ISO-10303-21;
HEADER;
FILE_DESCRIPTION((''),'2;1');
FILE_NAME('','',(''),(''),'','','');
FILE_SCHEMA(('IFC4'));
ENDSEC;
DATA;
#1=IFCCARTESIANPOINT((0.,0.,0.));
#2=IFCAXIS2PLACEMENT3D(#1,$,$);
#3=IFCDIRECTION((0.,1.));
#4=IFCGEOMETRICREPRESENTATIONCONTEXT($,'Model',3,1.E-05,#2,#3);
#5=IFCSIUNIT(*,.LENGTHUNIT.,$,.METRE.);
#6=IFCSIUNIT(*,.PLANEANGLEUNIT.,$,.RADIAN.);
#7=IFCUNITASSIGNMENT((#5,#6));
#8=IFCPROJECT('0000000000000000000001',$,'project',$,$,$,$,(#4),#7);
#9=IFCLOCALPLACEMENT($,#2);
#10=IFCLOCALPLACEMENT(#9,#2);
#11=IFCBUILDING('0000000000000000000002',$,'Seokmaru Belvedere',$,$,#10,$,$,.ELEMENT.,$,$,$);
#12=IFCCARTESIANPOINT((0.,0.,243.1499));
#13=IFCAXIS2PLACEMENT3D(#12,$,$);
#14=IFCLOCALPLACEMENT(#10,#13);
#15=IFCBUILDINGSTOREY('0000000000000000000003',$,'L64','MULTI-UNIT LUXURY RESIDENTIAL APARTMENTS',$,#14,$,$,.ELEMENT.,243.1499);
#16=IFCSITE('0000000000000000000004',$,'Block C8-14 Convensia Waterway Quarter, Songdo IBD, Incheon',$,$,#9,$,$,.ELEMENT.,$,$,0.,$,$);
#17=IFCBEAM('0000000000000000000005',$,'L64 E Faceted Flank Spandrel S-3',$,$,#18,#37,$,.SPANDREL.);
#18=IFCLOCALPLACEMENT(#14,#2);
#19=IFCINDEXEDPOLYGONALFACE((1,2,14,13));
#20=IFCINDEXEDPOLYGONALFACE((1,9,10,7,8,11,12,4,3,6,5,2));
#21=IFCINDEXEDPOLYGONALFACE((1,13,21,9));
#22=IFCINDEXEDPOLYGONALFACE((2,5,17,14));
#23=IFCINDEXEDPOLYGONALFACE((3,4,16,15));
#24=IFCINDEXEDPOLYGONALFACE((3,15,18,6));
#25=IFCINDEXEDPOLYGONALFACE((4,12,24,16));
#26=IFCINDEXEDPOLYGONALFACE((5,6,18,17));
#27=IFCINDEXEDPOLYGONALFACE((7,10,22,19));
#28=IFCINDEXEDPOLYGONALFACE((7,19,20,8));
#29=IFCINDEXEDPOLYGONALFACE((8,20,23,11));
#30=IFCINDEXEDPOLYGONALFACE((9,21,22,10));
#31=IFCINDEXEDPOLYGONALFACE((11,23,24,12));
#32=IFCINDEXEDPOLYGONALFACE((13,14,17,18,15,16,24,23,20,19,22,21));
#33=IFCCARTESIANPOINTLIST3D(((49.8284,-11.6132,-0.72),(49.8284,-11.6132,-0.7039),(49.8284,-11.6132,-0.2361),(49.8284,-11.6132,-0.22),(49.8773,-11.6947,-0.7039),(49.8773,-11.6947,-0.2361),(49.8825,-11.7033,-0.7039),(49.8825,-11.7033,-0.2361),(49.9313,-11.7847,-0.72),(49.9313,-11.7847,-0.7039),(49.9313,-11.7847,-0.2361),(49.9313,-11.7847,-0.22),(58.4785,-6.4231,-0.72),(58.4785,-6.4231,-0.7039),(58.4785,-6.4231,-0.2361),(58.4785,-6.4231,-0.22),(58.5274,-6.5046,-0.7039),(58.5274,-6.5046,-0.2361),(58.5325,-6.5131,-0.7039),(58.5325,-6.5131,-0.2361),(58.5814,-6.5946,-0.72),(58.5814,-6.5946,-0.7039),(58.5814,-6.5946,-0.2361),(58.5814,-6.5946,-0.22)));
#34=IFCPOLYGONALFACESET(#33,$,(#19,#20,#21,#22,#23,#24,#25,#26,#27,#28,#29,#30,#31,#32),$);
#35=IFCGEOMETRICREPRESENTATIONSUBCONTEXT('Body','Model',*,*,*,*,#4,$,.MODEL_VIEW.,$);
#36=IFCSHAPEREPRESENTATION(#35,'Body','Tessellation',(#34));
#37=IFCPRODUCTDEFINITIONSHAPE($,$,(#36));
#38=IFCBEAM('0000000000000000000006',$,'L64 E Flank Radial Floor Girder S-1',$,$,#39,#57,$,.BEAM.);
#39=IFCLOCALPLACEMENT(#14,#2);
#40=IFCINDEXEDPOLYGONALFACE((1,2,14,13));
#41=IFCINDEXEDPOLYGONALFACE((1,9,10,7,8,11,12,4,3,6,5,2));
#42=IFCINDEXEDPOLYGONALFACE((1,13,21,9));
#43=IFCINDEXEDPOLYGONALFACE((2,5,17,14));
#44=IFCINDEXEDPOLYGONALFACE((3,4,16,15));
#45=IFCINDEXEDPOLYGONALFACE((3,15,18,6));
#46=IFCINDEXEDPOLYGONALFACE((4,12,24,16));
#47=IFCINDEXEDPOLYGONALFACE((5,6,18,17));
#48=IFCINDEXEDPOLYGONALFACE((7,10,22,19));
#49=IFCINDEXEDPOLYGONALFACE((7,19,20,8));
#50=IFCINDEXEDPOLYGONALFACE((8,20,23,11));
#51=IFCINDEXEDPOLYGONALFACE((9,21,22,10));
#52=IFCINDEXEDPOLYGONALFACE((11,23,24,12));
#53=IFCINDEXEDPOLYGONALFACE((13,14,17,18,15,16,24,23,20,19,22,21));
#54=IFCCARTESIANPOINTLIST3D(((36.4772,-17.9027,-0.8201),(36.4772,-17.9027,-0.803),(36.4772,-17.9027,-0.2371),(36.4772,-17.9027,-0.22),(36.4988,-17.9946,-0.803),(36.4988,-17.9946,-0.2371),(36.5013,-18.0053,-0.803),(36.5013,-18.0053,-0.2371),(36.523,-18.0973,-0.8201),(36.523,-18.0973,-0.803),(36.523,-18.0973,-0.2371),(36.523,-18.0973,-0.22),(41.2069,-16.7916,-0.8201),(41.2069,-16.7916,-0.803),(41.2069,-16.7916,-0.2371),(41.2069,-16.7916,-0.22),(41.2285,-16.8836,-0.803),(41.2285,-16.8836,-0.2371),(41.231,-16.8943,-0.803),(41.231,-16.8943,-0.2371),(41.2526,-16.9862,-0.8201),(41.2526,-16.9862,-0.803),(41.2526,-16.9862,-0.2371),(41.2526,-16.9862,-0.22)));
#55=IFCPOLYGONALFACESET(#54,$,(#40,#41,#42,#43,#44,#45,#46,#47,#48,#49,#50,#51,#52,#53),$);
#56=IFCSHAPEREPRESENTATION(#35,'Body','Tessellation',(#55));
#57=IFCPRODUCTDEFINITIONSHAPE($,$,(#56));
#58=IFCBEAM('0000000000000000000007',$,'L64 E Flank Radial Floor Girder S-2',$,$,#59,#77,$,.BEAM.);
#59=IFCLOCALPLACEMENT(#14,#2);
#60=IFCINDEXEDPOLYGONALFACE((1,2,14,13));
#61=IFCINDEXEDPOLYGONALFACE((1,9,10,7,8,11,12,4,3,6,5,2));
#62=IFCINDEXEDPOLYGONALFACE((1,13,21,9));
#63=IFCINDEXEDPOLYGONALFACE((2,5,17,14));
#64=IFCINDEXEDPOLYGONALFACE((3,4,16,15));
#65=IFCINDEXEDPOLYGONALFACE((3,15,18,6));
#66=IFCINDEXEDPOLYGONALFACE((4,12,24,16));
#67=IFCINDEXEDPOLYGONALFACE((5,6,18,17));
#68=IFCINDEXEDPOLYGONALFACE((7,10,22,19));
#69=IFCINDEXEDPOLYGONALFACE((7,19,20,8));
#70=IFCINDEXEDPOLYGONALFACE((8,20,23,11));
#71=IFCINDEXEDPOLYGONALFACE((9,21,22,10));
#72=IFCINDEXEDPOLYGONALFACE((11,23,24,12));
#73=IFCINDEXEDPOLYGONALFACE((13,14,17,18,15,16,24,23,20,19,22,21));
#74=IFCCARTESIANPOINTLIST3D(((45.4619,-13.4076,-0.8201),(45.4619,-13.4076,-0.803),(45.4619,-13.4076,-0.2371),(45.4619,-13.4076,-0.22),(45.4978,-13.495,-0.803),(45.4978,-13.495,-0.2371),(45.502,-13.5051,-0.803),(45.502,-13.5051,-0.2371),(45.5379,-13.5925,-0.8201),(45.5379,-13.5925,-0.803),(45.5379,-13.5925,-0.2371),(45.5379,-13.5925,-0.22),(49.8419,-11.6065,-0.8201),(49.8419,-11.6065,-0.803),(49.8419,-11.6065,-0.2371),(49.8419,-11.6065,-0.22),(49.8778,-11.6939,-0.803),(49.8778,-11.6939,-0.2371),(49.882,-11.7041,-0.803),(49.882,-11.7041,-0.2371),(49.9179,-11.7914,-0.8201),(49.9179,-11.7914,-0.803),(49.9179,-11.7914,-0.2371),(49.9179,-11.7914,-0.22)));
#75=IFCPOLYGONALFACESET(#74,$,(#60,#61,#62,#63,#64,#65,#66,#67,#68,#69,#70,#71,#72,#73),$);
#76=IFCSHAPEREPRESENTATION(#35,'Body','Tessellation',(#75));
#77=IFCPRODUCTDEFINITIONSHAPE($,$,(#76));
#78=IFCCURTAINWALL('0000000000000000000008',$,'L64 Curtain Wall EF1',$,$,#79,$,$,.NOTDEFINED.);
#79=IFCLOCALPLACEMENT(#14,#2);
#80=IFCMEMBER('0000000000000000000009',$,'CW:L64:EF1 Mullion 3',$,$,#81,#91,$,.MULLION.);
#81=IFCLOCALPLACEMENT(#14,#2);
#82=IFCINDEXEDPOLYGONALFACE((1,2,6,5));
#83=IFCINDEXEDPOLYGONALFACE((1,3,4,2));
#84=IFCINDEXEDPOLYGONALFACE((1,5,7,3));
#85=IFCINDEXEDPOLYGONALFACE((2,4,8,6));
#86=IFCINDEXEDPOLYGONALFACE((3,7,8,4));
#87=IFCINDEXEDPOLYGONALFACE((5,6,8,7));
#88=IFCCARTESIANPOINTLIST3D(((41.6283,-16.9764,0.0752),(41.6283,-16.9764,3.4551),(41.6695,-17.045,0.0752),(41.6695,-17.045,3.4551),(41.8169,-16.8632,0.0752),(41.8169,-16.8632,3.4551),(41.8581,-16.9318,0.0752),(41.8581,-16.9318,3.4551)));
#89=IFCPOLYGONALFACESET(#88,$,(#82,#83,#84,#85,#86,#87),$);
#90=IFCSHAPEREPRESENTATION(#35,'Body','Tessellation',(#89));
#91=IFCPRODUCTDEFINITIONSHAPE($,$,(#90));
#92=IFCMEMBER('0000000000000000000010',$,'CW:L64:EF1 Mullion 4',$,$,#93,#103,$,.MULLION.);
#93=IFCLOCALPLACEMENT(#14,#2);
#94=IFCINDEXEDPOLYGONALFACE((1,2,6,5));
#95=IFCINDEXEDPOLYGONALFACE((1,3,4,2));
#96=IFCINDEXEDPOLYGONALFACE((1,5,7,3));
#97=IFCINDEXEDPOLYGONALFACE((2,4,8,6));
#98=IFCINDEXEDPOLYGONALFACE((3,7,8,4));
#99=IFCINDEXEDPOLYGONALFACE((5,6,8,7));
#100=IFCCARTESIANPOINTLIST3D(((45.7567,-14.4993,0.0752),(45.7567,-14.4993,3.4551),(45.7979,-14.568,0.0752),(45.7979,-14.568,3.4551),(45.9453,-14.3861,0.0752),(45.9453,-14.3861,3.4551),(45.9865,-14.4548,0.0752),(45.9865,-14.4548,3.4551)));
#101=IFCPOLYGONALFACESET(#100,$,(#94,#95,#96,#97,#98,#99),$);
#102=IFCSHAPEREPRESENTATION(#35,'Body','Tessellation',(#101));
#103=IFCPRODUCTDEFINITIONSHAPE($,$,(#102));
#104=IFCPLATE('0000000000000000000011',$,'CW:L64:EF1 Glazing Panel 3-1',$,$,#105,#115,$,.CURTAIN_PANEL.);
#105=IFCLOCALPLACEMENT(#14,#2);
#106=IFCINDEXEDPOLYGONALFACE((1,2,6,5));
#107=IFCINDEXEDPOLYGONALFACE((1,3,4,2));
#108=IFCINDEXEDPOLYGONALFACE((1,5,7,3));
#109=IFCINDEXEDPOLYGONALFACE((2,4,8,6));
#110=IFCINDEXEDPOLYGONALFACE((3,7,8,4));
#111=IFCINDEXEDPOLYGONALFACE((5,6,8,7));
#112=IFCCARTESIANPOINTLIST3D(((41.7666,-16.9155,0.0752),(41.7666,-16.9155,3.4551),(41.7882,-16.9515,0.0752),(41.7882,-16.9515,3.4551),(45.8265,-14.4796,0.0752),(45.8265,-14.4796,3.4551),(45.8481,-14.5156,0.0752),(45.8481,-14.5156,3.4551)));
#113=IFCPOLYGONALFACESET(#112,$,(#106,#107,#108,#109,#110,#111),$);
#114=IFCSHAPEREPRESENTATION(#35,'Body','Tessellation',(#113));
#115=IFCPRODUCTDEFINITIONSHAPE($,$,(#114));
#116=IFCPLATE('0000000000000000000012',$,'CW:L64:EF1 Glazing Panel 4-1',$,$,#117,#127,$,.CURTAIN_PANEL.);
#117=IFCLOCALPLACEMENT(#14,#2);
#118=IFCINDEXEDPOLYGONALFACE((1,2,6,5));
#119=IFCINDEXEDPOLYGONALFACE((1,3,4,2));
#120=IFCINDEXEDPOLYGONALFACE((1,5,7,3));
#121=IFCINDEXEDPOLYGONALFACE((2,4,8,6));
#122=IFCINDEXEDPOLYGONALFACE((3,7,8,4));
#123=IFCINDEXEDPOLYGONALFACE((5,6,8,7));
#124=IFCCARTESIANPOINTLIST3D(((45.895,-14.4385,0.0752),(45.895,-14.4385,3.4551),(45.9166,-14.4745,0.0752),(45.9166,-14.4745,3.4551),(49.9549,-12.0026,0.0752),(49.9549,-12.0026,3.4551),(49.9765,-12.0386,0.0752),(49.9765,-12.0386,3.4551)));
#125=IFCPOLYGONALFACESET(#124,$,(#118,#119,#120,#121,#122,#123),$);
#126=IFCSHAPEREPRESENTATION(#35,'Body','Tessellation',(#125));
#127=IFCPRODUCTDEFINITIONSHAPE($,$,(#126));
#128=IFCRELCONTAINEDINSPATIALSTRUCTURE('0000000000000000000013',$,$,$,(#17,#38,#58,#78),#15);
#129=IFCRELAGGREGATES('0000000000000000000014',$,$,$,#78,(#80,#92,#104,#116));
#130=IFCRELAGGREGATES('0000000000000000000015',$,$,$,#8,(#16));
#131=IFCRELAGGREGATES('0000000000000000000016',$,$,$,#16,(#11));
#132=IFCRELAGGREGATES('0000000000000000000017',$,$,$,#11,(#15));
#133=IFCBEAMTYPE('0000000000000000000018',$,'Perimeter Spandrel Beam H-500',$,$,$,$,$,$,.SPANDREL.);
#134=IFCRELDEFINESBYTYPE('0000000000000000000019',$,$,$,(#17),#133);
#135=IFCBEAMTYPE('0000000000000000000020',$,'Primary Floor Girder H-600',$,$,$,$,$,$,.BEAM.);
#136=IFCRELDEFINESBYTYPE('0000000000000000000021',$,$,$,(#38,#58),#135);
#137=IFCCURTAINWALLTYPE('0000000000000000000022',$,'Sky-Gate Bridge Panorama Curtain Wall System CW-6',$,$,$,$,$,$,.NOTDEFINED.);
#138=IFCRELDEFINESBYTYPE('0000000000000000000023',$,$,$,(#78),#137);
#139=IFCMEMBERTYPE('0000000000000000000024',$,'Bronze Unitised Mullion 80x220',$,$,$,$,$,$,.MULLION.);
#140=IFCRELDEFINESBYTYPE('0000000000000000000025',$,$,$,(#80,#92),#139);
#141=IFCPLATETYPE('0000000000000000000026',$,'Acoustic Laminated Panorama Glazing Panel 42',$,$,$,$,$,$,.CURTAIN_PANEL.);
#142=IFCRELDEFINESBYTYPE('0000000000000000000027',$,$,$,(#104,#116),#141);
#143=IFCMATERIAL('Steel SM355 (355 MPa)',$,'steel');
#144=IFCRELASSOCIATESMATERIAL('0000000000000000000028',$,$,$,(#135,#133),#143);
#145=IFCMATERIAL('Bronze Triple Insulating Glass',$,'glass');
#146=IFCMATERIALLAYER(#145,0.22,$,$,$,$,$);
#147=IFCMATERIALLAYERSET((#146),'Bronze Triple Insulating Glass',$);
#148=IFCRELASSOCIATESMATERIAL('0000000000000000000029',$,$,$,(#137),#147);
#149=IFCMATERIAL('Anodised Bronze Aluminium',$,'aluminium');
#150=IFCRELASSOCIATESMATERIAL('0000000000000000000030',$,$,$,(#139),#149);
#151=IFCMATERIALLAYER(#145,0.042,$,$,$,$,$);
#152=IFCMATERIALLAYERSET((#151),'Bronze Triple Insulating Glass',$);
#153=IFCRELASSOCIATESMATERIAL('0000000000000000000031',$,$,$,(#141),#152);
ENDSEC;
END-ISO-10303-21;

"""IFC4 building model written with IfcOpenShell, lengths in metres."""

from ifc_helpers import new_model, si_unit, direction, frame, origin, origin_2d, place, context, subcontext, project, spatial, rectangle, i_section, extrude, source, transform, mapped, material, layer, layer_set, material_profile, profile_set, type_object, type_shapes, element, aggregate, save


model = new_model("IFC4")

# Units and contexts
model_context = context("Model", 3, precision=1e-05, world=origin(), true_north=direction((0.0, 1.0)))
body_context = subcontext(model_context, "Body", "Model", "MODEL_VIEW")
ifc_project = project(units=[si_unit("LENGTHUNIT", "METRE"), si_unit("PLANEANGLEUNIT", "RADIAN")], contexts=[model_context])

# Site, building, storey
site_placement = place(None, origin())
site = spatial("IfcSite", under=ifc_project, at=site_placement, Name="Block C8-14 Convensia Waterway Quarter, Songdo IBD, Incheon", CompositionType="ELEMENT", RefElevation=0.0)
building_placement = place(site_placement, origin())
building = spatial("IfcBuilding", under=site, at=building_placement, Name="Seokmaru Belvedere", CompositionType="ELEMENT")
storey_placement = place(building_placement, frame((0.0, 0.0, 243.1499)))
storey = spatial("IfcBuildingStorey", under=building, at=storey_placement, Name="L64", Description="MULTI-UNIT LUXURY RESIDENTIAL APARTMENTS", CompositionType="ELEMENT", Elevation=243.1499)

# Shared definitions
ifc_material_1 = material(Name="Steel SM355 (355 MPa)", Category="steel")

# Beams
ifc_material_profile_1 = material_profile(ifc_material_1, i_section(OverallWidth=0.2, OverallDepth=0.6001, WebThickness=0.011, FlangeThickness=0.0171, at=origin_2d()), Name="H-600x200x11x17")
ifc_profile_set_1 = profile_set([ifc_material_profile_1], Name="Steel SM355 (355 MPa)")
beam_type_1 = type_object("IfcBeamType", Name="Primary Floor Girder H-600", PredefinedType="BEAM", material=ifc_profile_set_1)
ifc_material_profile_2 = material_profile(ifc_material_1, i_section(OverallWidth=0.2, OverallDepth=0.5, WebThickness=0.01, FlangeThickness=0.0161, at=origin_2d()), Name="H-500x200x10x16")
ifc_profile_set_2 = profile_set([ifc_material_profile_2], Name="Steel SM355 (355 MPa)")
beam_type_2 = type_object("IfcBeamType", Name="Perimeter Spandrel Beam H-500", PredefinedType="SPANDREL", material=ifc_profile_set_2)
shared_shape_1 = source(origin(), body_context, "Body", "SweptSolid", [
    extrude(i_section(OverallWidth=0.2, OverallDepth=0.5, WebThickness=0.01, FlangeThickness=0.0161, at=origin_2d()), origin(), (0.0, 0.0, 1.0), 10.0876),
])
type_shapes(beam_type_2, [shared_shape_1])
for number, where, z_axis, x_axis, name in (
    (1, (49.8799, -11.699, -0.47), (0.857489, 0.514503, 0.0), (-0.514503, 0.857489, 0.0), "L64 E Faceted Flank Spandrel S-3"),
):
    element("IfcBeam", number, at=place(storey_placement, frame(where, z_axis=z_axis, x_axis=x_axis)), inside=storey, type_object=beam_type_2, Name=name, PredefinedType="SPANDREL", context=body_context, shape_type="MappedRepresentation", body=[
        mapped(shared_shape_1, transform((0.0, 0.0, 0.0), scale=1.0)),
    ])
shared_shape_2 = source(origin(), body_context, "Body", "SweptSolid", [
    extrude(i_section(OverallWidth=0.2, OverallDepth=0.6001, WebThickness=0.011, FlangeThickness=0.0171, at=origin_2d()), origin(), (0.0, 0.0, 1.0), 4.8584),
])
beam_1_placement = place(storey_placement, frame((41.2297, -16.8889, -0.52), z_axis=(-0.973499, -0.228689, 0.0), x_axis=(0.228689, -0.973499, 0.0)))
element("IfcBeam", 2, at=beam_1_placement, inside=storey, type_object=beam_type_1, Name="L64 E Flank Radial Floor Girder S-1", PredefinedType="BEAM", context=body_context, shape_type="MappedRepresentation", body=[
    mapped(shared_shape_2, transform((0.0, 0.0, 0.0), scale=1.0)),
])
shared_shape_3 = source(origin(), body_context, "Body", "SweptSolid", [
    extrude(i_section(OverallWidth=0.2, OverallDepth=0.6001, WebThickness=0.011, FlangeThickness=0.0171, at=origin_2d()), origin(), (0.0, 0.0, 1.0), 4.7358),
])
beam_2_placement = place(storey_placement, frame((49.8799, -11.699, -0.52), z_axis=(-0.924861, -0.380306, 0.0), x_axis=(0.380306, -0.924861, 0.0)))
element("IfcBeam", 3, at=beam_2_placement, inside=storey, type_object=beam_type_1, Name="L64 E Flank Radial Floor Girder S-2", PredefinedType="BEAM", context=body_context, shape_type="MappedRepresentation", body=[
    mapped(shared_shape_3, transform((0.0, 0.0, 0.0), scale=1.0)),
])

# Curtain wall, members, plates
ifc_material_2 = material(Name="Bronze Triple Insulating Glass", Category="glass")
ifc_layer_1 = layer(ifc_material_2, 0.22)
ifc_layer_set_1 = layer_set([ifc_layer_1], Name="Bronze Triple Insulating Glass")
curtain_wall_type = type_object("IfcCurtainWallType", Name="Sky-Gate Bridge Panorama Curtain Wall System CW-6", PredefinedType="NOTDEFINED", material=ifc_layer_set_1)
curtain_wall_placement = place(storey_placement, origin())
curtain_wall = element("IfcCurtainWall", 4, at=curtain_wall_placement, inside=storey, type_object=curtain_wall_type, Name="L64 Curtain Wall EF1", PredefinedType="NOTDEFINED")
ifc_material_3 = material(Name="Anodised Bronze Aluminium", Category="aluminium")
ifc_material_profile_3 = material_profile(ifc_material_3, rectangle(XDim=0.0801, YDim=0.22, at=origin_2d()), Name="CW-M-80x220")
ifc_profile_set_3 = profile_set([ifc_material_profile_3], Name="Anodised Bronze Aluminium")
member_type = type_object("IfcMemberType", Name="Bronze Unitised Mullion 80x220", PredefinedType="MULLION", material=ifc_profile_set_3)
shared_shape_4 = source(origin(), body_context, "Body", "SweptSolid", [
    extrude(rectangle(XDim=0.0801, YDim=0.22, at=origin_2d()), origin(), (0.0, 0.0, 1.0), 3.3799),
])
type_shapes(member_type, [shared_shape_4])
member_1_placement = place(storey_placement, frame((41.7432, -16.9541, 0.0752), z_axis=(0.0, 0.0, 1.0), x_axis=(-0.514495, 0.857493, 0.0)))
member_1 = element("IfcMember", 5, at=member_1_placement, type_object=member_type, Name="CW:L64:EF1 Mullion 3", PredefinedType="MULLION", context=body_context, shape_type="MappedRepresentation", body=[
    mapped(shared_shape_4, transform((0.0, 0.0, 0.0), scale=1.0)),
])
member_2_placement = place(storey_placement, frame((45.8716, -14.4771, 0.0752), z_axis=(0.0, 0.0, 1.0), x_axis=(-0.514495, 0.857493, 0.0)))
member_2 = element("IfcMember", 6, at=member_2_placement, type_object=member_type, Name="CW:L64:EF1 Mullion 4", PredefinedType="MULLION", context=body_context, shape_type="MappedRepresentation", body=[
    mapped(shared_shape_4, transform((0.0, 0.0, 0.0), scale=1.0)),
])
ifc_layer_2 = layer(ifc_material_2, 0.042)
ifc_layer_set_2 = layer_set([ifc_layer_2], Name="Bronze Triple Insulating Glass")
plate_type = type_object("IfcPlateType", Name="Acoustic Laminated Panorama Glazing Panel 42", PredefinedType="CURTAIN_PANEL", material=ifc_layer_set_2)
shared_shape_5 = source(origin(), body_context, "Body", "SweptSolid", [
    extrude(rectangle(XDim=4.7346, YDim=0.042, at=origin_2d()), origin(), (0.0, 0.0, 1.0), 3.3799),
])
type_shapes(plate_type, [shared_shape_5])
plate_1_placement = place(storey_placement, frame((43.8074, -15.7156, 0.0752), z_axis=(0.0, 0.0, 1.0), x_axis=(0.857493, 0.514495, 0.0)))
plate_1 = element("IfcPlate", 7, at=plate_1_placement, type_object=plate_type, Name="CW:L64:EF1 Glazing Panel 3-1", PredefinedType="CURTAIN_PANEL", context=body_context, shape_type="MappedRepresentation", body=[
    mapped(shared_shape_5, transform((0.0, 0.0, 0.0), scale=1.0)),
])
plate_2_placement = place(storey_placement, frame((47.9358, -13.2385, 0.0752), z_axis=(0.0, 0.0, 1.0), x_axis=(0.857493, 0.514495, 0.0)))
plate_2 = element("IfcPlate", 8, at=plate_2_placement, type_object=plate_type, Name="CW:L64:EF1 Glazing Panel 4-1", PredefinedType="CURTAIN_PANEL", context=body_context, shape_type="MappedRepresentation", body=[
    mapped(shared_shape_5, transform((0.0, 0.0, 0.0), scale=1.0)),
])
aggregate(curtain_wall, [member_1, member_2, plate_1, plate_2])

save(model, "model.ifc")
